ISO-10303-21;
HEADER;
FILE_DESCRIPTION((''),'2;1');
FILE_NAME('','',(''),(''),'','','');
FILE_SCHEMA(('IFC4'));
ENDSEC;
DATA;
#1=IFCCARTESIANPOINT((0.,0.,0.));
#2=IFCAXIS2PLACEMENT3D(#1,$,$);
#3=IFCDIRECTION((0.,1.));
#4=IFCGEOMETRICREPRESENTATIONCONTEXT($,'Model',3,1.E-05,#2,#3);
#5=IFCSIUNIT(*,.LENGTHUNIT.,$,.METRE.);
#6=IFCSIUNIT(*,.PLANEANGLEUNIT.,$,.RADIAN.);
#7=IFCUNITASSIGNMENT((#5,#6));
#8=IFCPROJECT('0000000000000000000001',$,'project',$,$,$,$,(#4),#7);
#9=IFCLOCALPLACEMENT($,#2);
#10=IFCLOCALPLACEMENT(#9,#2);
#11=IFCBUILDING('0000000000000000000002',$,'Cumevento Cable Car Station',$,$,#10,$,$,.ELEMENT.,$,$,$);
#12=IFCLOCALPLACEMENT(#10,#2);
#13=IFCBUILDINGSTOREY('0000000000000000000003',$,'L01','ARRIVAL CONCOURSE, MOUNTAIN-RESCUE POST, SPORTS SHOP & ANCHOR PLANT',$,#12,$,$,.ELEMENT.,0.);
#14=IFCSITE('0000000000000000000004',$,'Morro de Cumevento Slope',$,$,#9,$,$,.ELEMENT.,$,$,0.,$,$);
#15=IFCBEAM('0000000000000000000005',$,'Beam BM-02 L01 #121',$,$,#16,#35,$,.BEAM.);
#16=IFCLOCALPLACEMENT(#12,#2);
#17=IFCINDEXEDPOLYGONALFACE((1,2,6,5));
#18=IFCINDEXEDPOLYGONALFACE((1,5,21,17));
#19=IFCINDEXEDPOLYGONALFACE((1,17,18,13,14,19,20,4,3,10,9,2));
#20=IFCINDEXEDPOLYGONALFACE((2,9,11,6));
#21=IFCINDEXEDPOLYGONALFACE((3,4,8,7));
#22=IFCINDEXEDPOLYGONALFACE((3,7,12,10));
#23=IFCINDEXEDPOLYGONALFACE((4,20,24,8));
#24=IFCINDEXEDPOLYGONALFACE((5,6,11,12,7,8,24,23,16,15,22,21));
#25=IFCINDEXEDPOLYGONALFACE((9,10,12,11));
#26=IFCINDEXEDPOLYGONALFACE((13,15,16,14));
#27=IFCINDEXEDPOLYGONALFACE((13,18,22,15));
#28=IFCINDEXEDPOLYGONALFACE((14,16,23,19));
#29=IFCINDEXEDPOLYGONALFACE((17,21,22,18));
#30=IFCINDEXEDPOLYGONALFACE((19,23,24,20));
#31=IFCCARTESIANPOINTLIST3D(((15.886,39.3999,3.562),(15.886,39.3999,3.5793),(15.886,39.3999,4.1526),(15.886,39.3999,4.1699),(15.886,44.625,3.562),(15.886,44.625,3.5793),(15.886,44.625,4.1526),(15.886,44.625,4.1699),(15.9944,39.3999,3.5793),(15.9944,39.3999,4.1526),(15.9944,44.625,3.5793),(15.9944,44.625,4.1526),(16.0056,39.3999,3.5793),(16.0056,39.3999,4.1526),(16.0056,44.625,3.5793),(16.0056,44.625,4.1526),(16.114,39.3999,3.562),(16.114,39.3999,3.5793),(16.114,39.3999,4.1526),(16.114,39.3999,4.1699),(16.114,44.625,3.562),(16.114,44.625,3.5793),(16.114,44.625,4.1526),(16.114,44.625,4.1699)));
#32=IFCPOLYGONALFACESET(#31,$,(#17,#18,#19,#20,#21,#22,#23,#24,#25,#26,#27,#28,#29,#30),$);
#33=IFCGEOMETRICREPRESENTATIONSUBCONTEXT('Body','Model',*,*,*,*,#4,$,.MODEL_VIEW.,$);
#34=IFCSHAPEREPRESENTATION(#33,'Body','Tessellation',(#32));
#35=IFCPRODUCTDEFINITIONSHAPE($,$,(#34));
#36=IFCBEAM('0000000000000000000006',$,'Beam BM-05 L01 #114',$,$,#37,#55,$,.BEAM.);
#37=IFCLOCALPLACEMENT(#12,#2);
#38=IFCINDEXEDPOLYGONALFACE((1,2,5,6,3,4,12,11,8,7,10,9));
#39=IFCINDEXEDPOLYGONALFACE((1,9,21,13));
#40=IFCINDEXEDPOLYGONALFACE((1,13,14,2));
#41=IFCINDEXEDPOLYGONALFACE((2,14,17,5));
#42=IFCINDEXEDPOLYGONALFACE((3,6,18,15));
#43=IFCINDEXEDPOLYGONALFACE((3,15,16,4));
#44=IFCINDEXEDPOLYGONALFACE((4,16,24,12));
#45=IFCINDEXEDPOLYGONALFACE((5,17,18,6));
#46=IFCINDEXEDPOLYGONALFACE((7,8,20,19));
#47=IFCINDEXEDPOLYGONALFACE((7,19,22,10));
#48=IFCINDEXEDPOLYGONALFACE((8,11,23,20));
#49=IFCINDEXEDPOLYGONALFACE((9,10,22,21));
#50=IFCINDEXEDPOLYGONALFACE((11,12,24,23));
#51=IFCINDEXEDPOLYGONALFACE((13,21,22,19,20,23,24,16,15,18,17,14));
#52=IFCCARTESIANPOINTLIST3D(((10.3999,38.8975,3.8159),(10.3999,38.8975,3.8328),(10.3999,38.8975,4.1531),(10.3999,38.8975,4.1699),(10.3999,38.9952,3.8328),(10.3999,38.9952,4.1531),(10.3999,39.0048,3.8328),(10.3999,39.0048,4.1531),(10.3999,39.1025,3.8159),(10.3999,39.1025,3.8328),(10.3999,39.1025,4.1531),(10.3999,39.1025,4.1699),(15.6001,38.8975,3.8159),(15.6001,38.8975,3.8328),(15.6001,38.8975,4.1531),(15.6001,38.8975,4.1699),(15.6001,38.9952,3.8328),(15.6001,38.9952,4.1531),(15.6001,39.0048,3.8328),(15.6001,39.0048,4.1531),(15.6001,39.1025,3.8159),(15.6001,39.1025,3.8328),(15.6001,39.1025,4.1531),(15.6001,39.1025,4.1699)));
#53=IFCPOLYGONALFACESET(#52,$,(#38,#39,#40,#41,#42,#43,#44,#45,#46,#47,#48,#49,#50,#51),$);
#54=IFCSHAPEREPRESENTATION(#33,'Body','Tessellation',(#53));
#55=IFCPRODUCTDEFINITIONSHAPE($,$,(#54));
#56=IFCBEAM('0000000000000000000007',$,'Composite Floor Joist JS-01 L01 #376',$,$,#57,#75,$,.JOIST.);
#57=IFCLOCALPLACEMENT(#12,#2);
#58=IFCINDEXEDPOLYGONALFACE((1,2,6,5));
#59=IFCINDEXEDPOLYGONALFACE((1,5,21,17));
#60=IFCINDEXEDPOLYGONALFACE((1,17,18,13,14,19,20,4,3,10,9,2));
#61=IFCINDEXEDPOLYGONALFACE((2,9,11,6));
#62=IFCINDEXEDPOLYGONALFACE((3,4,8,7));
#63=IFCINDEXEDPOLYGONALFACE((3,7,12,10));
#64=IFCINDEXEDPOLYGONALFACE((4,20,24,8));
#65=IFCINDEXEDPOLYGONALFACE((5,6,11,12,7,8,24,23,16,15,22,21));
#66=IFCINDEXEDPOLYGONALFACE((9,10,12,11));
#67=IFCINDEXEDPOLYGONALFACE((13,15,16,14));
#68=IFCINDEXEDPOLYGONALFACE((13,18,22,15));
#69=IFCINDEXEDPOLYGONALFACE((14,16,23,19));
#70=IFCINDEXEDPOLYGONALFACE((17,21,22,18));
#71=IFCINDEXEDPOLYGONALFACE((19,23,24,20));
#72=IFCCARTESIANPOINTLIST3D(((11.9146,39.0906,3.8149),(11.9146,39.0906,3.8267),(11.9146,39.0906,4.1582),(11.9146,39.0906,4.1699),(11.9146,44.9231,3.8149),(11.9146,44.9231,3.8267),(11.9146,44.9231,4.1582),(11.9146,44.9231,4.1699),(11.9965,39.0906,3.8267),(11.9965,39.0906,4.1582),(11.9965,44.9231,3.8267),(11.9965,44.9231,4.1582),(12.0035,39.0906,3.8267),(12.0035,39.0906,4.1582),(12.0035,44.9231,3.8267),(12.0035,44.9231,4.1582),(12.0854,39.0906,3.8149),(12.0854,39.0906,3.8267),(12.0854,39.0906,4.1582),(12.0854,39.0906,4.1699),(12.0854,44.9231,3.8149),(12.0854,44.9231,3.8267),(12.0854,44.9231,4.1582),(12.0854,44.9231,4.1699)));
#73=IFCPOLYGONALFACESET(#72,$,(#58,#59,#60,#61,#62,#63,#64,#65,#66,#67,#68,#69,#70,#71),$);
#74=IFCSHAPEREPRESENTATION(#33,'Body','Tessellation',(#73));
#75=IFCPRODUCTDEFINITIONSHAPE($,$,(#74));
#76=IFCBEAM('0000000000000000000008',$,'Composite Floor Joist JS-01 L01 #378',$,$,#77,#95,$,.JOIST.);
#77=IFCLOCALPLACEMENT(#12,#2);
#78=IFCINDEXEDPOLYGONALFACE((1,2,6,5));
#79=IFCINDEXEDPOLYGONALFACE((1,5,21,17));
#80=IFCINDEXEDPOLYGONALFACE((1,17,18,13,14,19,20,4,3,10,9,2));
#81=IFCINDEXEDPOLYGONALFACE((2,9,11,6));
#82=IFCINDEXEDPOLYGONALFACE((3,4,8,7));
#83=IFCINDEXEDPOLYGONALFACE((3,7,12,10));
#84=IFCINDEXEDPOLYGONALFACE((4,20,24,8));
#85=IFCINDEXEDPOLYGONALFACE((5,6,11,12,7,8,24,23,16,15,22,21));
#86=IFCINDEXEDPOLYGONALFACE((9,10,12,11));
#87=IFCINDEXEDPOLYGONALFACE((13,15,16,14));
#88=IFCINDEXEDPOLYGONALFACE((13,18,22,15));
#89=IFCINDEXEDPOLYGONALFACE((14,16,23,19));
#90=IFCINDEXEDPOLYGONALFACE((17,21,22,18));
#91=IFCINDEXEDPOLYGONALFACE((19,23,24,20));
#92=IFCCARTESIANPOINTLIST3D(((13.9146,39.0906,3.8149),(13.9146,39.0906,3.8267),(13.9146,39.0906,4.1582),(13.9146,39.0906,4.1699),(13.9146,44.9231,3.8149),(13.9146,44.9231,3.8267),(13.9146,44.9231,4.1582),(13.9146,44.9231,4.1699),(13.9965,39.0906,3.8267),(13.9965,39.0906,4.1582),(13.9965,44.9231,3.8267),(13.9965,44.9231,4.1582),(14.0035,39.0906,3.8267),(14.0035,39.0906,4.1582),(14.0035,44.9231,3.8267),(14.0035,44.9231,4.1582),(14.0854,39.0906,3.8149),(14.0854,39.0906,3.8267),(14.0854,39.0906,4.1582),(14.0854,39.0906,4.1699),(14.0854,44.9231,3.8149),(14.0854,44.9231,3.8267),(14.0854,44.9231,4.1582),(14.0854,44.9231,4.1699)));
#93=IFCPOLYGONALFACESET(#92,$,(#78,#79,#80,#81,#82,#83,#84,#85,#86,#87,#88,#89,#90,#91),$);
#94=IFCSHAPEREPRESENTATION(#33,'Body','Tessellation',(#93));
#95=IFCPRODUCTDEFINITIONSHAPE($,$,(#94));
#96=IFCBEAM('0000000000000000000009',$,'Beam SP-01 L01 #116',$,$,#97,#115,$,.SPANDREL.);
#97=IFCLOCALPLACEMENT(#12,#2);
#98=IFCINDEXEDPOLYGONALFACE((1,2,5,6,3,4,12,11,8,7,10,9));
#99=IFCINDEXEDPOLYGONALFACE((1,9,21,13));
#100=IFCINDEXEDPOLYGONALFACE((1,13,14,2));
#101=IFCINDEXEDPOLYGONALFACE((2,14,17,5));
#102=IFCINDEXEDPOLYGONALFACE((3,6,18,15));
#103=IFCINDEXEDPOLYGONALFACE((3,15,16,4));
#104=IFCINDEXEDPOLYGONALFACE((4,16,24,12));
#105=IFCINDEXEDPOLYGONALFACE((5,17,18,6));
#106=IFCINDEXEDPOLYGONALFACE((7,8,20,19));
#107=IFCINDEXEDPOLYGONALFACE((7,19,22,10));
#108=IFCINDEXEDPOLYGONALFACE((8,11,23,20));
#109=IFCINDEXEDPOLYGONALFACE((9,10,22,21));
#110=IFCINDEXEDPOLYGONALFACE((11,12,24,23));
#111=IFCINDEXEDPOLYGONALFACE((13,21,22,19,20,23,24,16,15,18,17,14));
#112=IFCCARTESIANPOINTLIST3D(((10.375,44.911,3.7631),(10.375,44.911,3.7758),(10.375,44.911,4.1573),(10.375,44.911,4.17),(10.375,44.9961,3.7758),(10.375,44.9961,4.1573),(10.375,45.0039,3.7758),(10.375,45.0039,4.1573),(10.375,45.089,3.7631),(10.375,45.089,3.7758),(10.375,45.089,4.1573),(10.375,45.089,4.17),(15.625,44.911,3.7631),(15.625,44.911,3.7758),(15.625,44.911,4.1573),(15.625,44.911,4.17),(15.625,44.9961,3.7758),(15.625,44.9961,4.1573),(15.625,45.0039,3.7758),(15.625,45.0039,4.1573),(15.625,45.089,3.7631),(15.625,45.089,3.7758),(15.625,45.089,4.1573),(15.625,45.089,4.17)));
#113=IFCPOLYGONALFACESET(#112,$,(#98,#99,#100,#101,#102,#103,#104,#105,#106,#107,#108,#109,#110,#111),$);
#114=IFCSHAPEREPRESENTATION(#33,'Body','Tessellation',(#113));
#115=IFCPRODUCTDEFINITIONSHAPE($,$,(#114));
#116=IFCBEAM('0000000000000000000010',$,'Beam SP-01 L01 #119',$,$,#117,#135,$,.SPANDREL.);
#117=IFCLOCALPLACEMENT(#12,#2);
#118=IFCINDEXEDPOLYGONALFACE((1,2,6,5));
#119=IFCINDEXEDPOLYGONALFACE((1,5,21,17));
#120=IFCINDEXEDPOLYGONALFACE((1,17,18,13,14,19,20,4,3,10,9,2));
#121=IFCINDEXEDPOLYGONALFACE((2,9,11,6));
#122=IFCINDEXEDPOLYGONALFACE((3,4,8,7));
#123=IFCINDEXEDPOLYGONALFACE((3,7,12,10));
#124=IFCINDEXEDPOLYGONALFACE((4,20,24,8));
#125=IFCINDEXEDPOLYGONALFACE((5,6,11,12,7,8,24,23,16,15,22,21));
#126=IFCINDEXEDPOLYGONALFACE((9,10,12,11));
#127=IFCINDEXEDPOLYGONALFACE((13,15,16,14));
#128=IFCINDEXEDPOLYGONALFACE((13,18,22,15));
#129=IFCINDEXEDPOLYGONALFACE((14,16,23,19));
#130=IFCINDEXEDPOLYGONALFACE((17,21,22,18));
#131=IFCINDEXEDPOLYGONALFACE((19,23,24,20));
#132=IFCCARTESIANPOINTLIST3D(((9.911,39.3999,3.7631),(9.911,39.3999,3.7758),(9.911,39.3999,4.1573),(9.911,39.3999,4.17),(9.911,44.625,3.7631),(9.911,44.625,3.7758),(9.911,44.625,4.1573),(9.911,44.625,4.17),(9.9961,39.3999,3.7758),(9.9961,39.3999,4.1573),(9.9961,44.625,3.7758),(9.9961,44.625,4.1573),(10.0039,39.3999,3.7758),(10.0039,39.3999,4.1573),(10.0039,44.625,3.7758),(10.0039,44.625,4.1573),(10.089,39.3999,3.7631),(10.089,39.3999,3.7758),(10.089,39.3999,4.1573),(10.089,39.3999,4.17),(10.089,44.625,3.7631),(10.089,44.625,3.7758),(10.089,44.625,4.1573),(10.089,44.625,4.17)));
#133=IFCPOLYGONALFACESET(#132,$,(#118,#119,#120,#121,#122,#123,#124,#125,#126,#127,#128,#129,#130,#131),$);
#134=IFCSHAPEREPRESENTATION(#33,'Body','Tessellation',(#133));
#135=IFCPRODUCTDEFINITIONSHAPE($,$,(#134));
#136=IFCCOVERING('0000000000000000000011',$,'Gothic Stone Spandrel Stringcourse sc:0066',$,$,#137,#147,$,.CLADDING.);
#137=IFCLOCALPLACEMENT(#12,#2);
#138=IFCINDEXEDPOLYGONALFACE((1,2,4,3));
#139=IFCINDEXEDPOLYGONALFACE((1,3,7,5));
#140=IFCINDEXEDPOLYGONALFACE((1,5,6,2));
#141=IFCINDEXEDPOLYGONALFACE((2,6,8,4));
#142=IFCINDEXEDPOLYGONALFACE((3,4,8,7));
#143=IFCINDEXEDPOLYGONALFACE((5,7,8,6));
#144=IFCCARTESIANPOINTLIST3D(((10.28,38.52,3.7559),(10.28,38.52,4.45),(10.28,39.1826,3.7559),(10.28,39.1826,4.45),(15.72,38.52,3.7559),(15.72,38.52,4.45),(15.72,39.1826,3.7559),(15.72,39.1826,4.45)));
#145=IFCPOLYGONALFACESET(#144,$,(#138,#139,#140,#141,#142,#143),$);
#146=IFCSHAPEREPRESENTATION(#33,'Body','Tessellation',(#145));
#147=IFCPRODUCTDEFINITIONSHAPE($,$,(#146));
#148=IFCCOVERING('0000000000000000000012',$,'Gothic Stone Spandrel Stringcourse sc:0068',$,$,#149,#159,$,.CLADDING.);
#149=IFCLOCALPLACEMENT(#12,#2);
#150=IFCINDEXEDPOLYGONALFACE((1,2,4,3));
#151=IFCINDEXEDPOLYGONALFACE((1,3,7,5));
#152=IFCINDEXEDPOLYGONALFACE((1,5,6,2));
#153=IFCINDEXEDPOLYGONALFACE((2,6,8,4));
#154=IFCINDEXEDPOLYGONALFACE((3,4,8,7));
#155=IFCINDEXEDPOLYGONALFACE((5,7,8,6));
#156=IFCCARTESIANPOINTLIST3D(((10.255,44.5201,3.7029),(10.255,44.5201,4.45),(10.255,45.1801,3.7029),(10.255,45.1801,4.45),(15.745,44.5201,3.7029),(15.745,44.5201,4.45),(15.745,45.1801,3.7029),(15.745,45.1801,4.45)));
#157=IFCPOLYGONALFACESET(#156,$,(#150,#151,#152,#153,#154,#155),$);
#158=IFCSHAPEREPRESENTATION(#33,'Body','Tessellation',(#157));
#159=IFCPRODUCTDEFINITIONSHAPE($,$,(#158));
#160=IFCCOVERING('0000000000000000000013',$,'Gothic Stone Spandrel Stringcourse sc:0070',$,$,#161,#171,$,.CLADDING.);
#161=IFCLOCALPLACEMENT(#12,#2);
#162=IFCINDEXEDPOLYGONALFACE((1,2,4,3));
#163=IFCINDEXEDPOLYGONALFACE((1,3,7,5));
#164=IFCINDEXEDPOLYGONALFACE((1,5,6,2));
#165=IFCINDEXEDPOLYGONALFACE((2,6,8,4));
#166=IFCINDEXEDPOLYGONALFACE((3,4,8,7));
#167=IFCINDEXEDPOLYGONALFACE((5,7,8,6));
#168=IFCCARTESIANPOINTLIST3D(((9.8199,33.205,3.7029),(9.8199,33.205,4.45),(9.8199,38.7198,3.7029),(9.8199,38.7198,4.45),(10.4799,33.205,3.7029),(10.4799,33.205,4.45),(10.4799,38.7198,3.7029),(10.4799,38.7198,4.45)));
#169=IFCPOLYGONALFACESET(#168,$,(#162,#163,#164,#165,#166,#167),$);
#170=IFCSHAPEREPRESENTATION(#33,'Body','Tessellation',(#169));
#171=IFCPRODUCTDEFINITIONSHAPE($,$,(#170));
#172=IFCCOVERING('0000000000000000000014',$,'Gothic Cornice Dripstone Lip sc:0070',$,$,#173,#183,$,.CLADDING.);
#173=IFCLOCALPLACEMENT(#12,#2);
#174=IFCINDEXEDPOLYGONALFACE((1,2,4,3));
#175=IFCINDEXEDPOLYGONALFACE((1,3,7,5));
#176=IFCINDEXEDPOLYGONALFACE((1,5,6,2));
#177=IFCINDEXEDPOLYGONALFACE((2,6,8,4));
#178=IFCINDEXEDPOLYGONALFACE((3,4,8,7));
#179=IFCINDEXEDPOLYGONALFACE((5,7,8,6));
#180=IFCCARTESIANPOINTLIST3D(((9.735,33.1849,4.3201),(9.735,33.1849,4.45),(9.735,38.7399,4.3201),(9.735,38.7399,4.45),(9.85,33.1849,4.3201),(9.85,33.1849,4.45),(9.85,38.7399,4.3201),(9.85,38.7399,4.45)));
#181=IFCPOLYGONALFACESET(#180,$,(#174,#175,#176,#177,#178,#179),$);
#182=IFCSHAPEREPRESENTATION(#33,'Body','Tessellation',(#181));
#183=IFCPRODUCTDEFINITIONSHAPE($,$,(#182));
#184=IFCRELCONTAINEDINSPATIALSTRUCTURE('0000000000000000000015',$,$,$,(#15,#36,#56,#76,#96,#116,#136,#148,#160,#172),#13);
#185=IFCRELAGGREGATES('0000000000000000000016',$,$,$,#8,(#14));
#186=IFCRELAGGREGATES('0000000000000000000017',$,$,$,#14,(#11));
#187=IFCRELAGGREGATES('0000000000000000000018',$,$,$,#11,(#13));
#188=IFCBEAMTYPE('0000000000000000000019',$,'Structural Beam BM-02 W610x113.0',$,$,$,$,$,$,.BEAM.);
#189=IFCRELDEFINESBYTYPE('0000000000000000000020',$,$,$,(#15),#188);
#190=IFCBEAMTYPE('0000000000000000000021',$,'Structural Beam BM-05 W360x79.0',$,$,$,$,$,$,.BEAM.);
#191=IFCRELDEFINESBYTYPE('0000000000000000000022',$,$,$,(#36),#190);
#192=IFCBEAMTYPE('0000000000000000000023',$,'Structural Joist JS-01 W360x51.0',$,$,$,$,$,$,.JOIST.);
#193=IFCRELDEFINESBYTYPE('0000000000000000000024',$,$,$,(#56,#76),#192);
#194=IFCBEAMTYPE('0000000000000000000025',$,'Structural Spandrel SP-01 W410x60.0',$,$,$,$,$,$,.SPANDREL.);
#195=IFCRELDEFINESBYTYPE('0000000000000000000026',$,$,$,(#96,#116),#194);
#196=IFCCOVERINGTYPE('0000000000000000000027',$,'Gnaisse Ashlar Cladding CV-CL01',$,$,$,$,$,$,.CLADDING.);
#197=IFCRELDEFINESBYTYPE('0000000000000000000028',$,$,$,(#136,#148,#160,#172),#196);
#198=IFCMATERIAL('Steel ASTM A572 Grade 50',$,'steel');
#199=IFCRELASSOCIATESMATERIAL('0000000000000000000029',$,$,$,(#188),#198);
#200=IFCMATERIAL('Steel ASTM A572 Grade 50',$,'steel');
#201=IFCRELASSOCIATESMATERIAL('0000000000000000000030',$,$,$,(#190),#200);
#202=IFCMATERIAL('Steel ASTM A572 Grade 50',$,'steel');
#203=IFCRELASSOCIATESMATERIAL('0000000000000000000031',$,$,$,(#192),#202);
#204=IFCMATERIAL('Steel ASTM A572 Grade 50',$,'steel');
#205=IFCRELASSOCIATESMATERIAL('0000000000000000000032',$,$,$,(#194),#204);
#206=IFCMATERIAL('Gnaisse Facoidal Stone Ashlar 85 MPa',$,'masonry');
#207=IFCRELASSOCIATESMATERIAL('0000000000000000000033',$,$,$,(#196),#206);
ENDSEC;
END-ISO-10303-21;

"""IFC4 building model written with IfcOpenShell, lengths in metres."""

from ifc_helpers import new_model, si_unit, direction, frame, origin, origin_2d, place, context, subcontext, project, spatial, rectangle, i_section, extrude, material, material_profile, profile_set, type_object, element, save


model = new_model("IFC4")

# Units and contexts
model_context = context("Model", 3, precision=1e-05, world=origin(), true_north=direction((0.0, 1.0)))
body_context = subcontext(model_context, "Body", "Model", "MODEL_VIEW")
ifc_project = project(units=[si_unit("LENGTHUNIT", "METRE"), si_unit("PLANEANGLEUNIT", "RADIAN")], contexts=[model_context])

# Site, building, storey
site_placement = place(None, origin())
site = spatial("IfcSite", under=ifc_project, at=site_placement, Name="Morro de Cumevento Slope", CompositionType="ELEMENT", RefElevation=0.0)
building_placement = place(site_placement, origin())
building = spatial("IfcBuilding", under=site, at=building_placement, Name="Cumevento Cable Car Station", CompositionType="ELEMENT")
storey_placement = place(building_placement, origin())
storey = spatial("IfcBuildingStorey", under=building, at=storey_placement, Name="L01", Description="ARRIVAL CONCOURSE, MOUNTAIN-RESCUE POST, SPORTS SHOP & ANCHOR PLANT", CompositionType="ELEMENT", Elevation=0.0)

# Beams
ifc_material_1 = material(Name="Steel ASTM A572 Grade 50", Category="steel")
ifc_material_profile_1 = material_profile(ifc_material_1, i_section(OverallWidth=0.228, OverallDepth=0.6079, WebThickness=0.0112, FlangeThickness=0.0173, at=origin_2d()), Name="W610x113.0")
ifc_profile_set_1 = profile_set([ifc_material_profile_1], Name="Steel ASTM A572 Grade 50")
beam_type_1 = type_object("IfcBeamType", Name="Structural Beam BM-02 W610x113.0", PredefinedType="BEAM", material=ifc_profile_set_1)
beam_1_placement = place(storey_placement, frame((16.0, 39.3999, 3.866), z_axis=(0.0, 1.0, 0.0), x_axis=(-1.0, 0.0, 0.0)))
element("IfcBeam", 1, at=beam_1_placement, inside=storey, type_object=beam_type_1, Name="Beam BM-02 L01 #121", PredefinedType="BEAM", context=body_context, shape_type="SweptSolid", body=[
    extrude(i_section(OverallWidth=0.228, OverallDepth=0.6079, WebThickness=0.0112, FlangeThickness=0.0173, at=origin_2d()), origin(), (0.0, 0.0, 1.0), 5.2251),
])
ifc_material_2 = material(Name="Steel ASTM A572 Grade 50", Category="steel")
ifc_material_profile_2 = material_profile(ifc_material_2, i_section(OverallWidth=0.2051, OverallDepth=0.354, WebThickness=0.0095, FlangeThickness=0.0168, at=origin_2d()), Name="W360x79.0")
ifc_profile_set_2 = profile_set([ifc_material_profile_2], Name="Steel ASTM A572 Grade 50")
beam_type_2 = type_object("IfcBeamType", Name="Structural Beam BM-05 W360x79.0", PredefinedType="BEAM", material=ifc_profile_set_2)
beam_2_placement = place(storey_placement, frame((10.3999, 39.0, 3.9929), z_axis=(1.0, 0.0, 0.0), x_axis=(0.0, 1.0, 0.0)))
element("IfcBeam", 2, at=beam_2_placement, inside=storey, type_object=beam_type_2, Name="Beam BM-05 L01 #114", PredefinedType="BEAM", context=body_context, shape_type="SweptSolid", body=[
    extrude(i_section(OverallWidth=0.2051, OverallDepth=0.354, WebThickness=0.0095, FlangeThickness=0.0168, at=origin_2d()), origin(), (0.0, 0.0, 1.0), 5.2002),
])
ifc_material_3 = material(Name="Steel ASTM A572 Grade 50", Category="steel")
ifc_material_profile_3 = material_profile(ifc_material_3, i_section(OverallWidth=0.1709, OverallDepth=0.355, WebThickness=0.0071, FlangeThickness=0.0117, at=origin_2d()), Name="W360x51.0")
ifc_profile_set_3 = profile_set([ifc_material_profile_3], Name="Steel ASTM A572 Grade 50")
beam_type_3 = type_object("IfcBeamType", Name="Structural Joist JS-01 W360x51.0", PredefinedType="JOIST", material=ifc_profile_set_3)
for number, where, z_axis, x_axis, name in (
    (3, (12.0, 39.0906, 3.9924), (0.0, 1.0, 0.0), (-1.0, 0.0, 0.0), "Composite Floor Joist JS-01 L01 #376"),
    (4, (14.0, 39.0906, 3.9924), (0.0, 1.0, 0.0), (-1.0, 0.0, 0.0), "Composite Floor Joist JS-01 L01 #378"),
):
    element("IfcBeam", number, at=place(storey_placement, frame(where, z_axis=z_axis, x_axis=x_axis)), inside=storey, type_object=beam_type_3, Name=name, PredefinedType="JOIST", context=body_context, shape_type="SweptSolid", body=[
        extrude(i_section(OverallWidth=0.1709, OverallDepth=0.355, WebThickness=0.0071, FlangeThickness=0.0117, at=origin_2d()), origin(), (0.0, 0.0, 1.0), 5.8325),
    ])
ifc_material_4 = material(Name="Steel ASTM A572 Grade 50", Category="steel")
ifc_material_profile_4 = material_profile(ifc_material_4, i_section(OverallWidth=0.178, OverallDepth=0.407, WebThickness=0.0078, FlangeThickness=0.0127, at=origin_2d()), Name="W410x60.0")
ifc_profile_set_4 = profile_set([ifc_material_profile_4], Name="Steel ASTM A572 Grade 50")
beam_type_4 = type_object("IfcBeamType", Name="Structural Spandrel SP-01 W410x60.0", PredefinedType="SPANDREL", material=ifc_profile_set_4)
beam_3_placement = place(storey_placement, frame((10.375, 45.0, 3.9666), z_axis=(1.0, 0.0, 0.0), x_axis=(0.0, 1.0, 0.0)))
element("IfcBeam", 5, at=beam_3_placement, inside=storey, type_object=beam_type_4, Name="Beam SP-01 L01 #116", PredefinedType="SPANDREL", context=body_context, shape_type="SweptSolid", body=[
    extrude(i_section(OverallWidth=0.178, OverallDepth=0.407, WebThickness=0.0078, FlangeThickness=0.0127, at=origin_2d()), origin(), (0.0, 0.0, 1.0), 5.25),
])
beam_4_placement = place(storey_placement, frame((10.0, 39.3999, 3.9666), z_axis=(0.0, 1.0, 0.0), x_axis=(-1.0, 0.0, 0.0)))
element("IfcBeam", 6, at=beam_4_placement, inside=storey, type_object=beam_type_4, Name="Beam SP-01 L01 #119", PredefinedType="SPANDREL", context=body_context, shape_type="SweptSolid", body=[
    extrude(i_section(OverallWidth=0.178, OverallDepth=0.407, WebThickness=0.0078, FlangeThickness=0.0127, at=origin_2d()), origin(), (0.0, 0.0, 1.0), 5.2251),
])

# Coverings
ifc_material_5 = material(Name="Gnaisse Facoidal Stone Ashlar 85 MPa", Category="masonry")
covering_type = type_object("IfcCoveringType", Name="Gnaisse Ashlar Cladding CV-CL01", PredefinedType="CLADDING", material=ifc_material_5)
covering_1_placement = place(storey_placement, frame((13.0, 38.8513, 3.7559), z_axis=(0.0, 0.0, 1.0), x_axis=(1.0, 0.0, 0.0)))
element("IfcCovering", 7, at=covering_1_placement, inside=storey, type_object=covering_type, Name="Gothic Stone Spandrel Stringcourse sc:0066", PredefinedType="CLADDING", context=body_context, shape_type="SweptSolid", body=[
    extrude(rectangle(XDim=5.4399, YDim=0.6626, at=origin_2d()), origin(), (0.0, 0.0, 1.0), 0.6941),
])
covering_2_placement = place(storey_placement, frame((13.0, 44.8501, 3.7029), z_axis=(0.0, 0.0, 1.0), x_axis=(1.0, 0.0, 0.0)))
element("IfcCovering", 8, at=covering_2_placement, inside=storey, type_object=covering_type, Name="Gothic Stone Spandrel Stringcourse sc:0068", PredefinedType="CLADDING", context=body_context, shape_type="SweptSolid", body=[
    extrude(rectangle(XDim=5.49, YDim=0.6599, at=origin_2d()), origin(), (0.0, 0.0, 1.0), 0.7471),
])
covering_3_placement = place(storey_placement, frame((10.1499, 35.9624, 3.7029), z_axis=(0.0, 0.0, 1.0), x_axis=(0.0, 1.0, 0.0)))
element("IfcCovering", 9, at=covering_3_placement, inside=storey, type_object=covering_type, Name="Gothic Stone Spandrel Stringcourse sc:0070", PredefinedType="CLADDING", context=body_context, shape_type="SweptSolid", body=[
    extrude(rectangle(XDim=5.5149, YDim=0.6599, at=origin_2d()), origin(), (0.0, 0.0, 1.0), 0.7471),
])
covering_4_placement = place(storey_placement, frame((9.7925, 35.9624, 4.3201), z_axis=(0.0, 0.0, 1.0), x_axis=(0.0, 1.0, 0.0)))
element("IfcCovering", 10, at=covering_4_placement, inside=storey, type_object=covering_type, Name="Gothic Cornice Dripstone Lip sc:0070", PredefinedType="CLADDING", context=body_context, shape_type="SweptSolid", body=[
    extrude(rectangle(XDim=5.5549, YDim=0.115, at=origin_2d()), origin(), (0.0, 0.0, 1.0), 0.1299),
])

save(model, "model.ifc")
